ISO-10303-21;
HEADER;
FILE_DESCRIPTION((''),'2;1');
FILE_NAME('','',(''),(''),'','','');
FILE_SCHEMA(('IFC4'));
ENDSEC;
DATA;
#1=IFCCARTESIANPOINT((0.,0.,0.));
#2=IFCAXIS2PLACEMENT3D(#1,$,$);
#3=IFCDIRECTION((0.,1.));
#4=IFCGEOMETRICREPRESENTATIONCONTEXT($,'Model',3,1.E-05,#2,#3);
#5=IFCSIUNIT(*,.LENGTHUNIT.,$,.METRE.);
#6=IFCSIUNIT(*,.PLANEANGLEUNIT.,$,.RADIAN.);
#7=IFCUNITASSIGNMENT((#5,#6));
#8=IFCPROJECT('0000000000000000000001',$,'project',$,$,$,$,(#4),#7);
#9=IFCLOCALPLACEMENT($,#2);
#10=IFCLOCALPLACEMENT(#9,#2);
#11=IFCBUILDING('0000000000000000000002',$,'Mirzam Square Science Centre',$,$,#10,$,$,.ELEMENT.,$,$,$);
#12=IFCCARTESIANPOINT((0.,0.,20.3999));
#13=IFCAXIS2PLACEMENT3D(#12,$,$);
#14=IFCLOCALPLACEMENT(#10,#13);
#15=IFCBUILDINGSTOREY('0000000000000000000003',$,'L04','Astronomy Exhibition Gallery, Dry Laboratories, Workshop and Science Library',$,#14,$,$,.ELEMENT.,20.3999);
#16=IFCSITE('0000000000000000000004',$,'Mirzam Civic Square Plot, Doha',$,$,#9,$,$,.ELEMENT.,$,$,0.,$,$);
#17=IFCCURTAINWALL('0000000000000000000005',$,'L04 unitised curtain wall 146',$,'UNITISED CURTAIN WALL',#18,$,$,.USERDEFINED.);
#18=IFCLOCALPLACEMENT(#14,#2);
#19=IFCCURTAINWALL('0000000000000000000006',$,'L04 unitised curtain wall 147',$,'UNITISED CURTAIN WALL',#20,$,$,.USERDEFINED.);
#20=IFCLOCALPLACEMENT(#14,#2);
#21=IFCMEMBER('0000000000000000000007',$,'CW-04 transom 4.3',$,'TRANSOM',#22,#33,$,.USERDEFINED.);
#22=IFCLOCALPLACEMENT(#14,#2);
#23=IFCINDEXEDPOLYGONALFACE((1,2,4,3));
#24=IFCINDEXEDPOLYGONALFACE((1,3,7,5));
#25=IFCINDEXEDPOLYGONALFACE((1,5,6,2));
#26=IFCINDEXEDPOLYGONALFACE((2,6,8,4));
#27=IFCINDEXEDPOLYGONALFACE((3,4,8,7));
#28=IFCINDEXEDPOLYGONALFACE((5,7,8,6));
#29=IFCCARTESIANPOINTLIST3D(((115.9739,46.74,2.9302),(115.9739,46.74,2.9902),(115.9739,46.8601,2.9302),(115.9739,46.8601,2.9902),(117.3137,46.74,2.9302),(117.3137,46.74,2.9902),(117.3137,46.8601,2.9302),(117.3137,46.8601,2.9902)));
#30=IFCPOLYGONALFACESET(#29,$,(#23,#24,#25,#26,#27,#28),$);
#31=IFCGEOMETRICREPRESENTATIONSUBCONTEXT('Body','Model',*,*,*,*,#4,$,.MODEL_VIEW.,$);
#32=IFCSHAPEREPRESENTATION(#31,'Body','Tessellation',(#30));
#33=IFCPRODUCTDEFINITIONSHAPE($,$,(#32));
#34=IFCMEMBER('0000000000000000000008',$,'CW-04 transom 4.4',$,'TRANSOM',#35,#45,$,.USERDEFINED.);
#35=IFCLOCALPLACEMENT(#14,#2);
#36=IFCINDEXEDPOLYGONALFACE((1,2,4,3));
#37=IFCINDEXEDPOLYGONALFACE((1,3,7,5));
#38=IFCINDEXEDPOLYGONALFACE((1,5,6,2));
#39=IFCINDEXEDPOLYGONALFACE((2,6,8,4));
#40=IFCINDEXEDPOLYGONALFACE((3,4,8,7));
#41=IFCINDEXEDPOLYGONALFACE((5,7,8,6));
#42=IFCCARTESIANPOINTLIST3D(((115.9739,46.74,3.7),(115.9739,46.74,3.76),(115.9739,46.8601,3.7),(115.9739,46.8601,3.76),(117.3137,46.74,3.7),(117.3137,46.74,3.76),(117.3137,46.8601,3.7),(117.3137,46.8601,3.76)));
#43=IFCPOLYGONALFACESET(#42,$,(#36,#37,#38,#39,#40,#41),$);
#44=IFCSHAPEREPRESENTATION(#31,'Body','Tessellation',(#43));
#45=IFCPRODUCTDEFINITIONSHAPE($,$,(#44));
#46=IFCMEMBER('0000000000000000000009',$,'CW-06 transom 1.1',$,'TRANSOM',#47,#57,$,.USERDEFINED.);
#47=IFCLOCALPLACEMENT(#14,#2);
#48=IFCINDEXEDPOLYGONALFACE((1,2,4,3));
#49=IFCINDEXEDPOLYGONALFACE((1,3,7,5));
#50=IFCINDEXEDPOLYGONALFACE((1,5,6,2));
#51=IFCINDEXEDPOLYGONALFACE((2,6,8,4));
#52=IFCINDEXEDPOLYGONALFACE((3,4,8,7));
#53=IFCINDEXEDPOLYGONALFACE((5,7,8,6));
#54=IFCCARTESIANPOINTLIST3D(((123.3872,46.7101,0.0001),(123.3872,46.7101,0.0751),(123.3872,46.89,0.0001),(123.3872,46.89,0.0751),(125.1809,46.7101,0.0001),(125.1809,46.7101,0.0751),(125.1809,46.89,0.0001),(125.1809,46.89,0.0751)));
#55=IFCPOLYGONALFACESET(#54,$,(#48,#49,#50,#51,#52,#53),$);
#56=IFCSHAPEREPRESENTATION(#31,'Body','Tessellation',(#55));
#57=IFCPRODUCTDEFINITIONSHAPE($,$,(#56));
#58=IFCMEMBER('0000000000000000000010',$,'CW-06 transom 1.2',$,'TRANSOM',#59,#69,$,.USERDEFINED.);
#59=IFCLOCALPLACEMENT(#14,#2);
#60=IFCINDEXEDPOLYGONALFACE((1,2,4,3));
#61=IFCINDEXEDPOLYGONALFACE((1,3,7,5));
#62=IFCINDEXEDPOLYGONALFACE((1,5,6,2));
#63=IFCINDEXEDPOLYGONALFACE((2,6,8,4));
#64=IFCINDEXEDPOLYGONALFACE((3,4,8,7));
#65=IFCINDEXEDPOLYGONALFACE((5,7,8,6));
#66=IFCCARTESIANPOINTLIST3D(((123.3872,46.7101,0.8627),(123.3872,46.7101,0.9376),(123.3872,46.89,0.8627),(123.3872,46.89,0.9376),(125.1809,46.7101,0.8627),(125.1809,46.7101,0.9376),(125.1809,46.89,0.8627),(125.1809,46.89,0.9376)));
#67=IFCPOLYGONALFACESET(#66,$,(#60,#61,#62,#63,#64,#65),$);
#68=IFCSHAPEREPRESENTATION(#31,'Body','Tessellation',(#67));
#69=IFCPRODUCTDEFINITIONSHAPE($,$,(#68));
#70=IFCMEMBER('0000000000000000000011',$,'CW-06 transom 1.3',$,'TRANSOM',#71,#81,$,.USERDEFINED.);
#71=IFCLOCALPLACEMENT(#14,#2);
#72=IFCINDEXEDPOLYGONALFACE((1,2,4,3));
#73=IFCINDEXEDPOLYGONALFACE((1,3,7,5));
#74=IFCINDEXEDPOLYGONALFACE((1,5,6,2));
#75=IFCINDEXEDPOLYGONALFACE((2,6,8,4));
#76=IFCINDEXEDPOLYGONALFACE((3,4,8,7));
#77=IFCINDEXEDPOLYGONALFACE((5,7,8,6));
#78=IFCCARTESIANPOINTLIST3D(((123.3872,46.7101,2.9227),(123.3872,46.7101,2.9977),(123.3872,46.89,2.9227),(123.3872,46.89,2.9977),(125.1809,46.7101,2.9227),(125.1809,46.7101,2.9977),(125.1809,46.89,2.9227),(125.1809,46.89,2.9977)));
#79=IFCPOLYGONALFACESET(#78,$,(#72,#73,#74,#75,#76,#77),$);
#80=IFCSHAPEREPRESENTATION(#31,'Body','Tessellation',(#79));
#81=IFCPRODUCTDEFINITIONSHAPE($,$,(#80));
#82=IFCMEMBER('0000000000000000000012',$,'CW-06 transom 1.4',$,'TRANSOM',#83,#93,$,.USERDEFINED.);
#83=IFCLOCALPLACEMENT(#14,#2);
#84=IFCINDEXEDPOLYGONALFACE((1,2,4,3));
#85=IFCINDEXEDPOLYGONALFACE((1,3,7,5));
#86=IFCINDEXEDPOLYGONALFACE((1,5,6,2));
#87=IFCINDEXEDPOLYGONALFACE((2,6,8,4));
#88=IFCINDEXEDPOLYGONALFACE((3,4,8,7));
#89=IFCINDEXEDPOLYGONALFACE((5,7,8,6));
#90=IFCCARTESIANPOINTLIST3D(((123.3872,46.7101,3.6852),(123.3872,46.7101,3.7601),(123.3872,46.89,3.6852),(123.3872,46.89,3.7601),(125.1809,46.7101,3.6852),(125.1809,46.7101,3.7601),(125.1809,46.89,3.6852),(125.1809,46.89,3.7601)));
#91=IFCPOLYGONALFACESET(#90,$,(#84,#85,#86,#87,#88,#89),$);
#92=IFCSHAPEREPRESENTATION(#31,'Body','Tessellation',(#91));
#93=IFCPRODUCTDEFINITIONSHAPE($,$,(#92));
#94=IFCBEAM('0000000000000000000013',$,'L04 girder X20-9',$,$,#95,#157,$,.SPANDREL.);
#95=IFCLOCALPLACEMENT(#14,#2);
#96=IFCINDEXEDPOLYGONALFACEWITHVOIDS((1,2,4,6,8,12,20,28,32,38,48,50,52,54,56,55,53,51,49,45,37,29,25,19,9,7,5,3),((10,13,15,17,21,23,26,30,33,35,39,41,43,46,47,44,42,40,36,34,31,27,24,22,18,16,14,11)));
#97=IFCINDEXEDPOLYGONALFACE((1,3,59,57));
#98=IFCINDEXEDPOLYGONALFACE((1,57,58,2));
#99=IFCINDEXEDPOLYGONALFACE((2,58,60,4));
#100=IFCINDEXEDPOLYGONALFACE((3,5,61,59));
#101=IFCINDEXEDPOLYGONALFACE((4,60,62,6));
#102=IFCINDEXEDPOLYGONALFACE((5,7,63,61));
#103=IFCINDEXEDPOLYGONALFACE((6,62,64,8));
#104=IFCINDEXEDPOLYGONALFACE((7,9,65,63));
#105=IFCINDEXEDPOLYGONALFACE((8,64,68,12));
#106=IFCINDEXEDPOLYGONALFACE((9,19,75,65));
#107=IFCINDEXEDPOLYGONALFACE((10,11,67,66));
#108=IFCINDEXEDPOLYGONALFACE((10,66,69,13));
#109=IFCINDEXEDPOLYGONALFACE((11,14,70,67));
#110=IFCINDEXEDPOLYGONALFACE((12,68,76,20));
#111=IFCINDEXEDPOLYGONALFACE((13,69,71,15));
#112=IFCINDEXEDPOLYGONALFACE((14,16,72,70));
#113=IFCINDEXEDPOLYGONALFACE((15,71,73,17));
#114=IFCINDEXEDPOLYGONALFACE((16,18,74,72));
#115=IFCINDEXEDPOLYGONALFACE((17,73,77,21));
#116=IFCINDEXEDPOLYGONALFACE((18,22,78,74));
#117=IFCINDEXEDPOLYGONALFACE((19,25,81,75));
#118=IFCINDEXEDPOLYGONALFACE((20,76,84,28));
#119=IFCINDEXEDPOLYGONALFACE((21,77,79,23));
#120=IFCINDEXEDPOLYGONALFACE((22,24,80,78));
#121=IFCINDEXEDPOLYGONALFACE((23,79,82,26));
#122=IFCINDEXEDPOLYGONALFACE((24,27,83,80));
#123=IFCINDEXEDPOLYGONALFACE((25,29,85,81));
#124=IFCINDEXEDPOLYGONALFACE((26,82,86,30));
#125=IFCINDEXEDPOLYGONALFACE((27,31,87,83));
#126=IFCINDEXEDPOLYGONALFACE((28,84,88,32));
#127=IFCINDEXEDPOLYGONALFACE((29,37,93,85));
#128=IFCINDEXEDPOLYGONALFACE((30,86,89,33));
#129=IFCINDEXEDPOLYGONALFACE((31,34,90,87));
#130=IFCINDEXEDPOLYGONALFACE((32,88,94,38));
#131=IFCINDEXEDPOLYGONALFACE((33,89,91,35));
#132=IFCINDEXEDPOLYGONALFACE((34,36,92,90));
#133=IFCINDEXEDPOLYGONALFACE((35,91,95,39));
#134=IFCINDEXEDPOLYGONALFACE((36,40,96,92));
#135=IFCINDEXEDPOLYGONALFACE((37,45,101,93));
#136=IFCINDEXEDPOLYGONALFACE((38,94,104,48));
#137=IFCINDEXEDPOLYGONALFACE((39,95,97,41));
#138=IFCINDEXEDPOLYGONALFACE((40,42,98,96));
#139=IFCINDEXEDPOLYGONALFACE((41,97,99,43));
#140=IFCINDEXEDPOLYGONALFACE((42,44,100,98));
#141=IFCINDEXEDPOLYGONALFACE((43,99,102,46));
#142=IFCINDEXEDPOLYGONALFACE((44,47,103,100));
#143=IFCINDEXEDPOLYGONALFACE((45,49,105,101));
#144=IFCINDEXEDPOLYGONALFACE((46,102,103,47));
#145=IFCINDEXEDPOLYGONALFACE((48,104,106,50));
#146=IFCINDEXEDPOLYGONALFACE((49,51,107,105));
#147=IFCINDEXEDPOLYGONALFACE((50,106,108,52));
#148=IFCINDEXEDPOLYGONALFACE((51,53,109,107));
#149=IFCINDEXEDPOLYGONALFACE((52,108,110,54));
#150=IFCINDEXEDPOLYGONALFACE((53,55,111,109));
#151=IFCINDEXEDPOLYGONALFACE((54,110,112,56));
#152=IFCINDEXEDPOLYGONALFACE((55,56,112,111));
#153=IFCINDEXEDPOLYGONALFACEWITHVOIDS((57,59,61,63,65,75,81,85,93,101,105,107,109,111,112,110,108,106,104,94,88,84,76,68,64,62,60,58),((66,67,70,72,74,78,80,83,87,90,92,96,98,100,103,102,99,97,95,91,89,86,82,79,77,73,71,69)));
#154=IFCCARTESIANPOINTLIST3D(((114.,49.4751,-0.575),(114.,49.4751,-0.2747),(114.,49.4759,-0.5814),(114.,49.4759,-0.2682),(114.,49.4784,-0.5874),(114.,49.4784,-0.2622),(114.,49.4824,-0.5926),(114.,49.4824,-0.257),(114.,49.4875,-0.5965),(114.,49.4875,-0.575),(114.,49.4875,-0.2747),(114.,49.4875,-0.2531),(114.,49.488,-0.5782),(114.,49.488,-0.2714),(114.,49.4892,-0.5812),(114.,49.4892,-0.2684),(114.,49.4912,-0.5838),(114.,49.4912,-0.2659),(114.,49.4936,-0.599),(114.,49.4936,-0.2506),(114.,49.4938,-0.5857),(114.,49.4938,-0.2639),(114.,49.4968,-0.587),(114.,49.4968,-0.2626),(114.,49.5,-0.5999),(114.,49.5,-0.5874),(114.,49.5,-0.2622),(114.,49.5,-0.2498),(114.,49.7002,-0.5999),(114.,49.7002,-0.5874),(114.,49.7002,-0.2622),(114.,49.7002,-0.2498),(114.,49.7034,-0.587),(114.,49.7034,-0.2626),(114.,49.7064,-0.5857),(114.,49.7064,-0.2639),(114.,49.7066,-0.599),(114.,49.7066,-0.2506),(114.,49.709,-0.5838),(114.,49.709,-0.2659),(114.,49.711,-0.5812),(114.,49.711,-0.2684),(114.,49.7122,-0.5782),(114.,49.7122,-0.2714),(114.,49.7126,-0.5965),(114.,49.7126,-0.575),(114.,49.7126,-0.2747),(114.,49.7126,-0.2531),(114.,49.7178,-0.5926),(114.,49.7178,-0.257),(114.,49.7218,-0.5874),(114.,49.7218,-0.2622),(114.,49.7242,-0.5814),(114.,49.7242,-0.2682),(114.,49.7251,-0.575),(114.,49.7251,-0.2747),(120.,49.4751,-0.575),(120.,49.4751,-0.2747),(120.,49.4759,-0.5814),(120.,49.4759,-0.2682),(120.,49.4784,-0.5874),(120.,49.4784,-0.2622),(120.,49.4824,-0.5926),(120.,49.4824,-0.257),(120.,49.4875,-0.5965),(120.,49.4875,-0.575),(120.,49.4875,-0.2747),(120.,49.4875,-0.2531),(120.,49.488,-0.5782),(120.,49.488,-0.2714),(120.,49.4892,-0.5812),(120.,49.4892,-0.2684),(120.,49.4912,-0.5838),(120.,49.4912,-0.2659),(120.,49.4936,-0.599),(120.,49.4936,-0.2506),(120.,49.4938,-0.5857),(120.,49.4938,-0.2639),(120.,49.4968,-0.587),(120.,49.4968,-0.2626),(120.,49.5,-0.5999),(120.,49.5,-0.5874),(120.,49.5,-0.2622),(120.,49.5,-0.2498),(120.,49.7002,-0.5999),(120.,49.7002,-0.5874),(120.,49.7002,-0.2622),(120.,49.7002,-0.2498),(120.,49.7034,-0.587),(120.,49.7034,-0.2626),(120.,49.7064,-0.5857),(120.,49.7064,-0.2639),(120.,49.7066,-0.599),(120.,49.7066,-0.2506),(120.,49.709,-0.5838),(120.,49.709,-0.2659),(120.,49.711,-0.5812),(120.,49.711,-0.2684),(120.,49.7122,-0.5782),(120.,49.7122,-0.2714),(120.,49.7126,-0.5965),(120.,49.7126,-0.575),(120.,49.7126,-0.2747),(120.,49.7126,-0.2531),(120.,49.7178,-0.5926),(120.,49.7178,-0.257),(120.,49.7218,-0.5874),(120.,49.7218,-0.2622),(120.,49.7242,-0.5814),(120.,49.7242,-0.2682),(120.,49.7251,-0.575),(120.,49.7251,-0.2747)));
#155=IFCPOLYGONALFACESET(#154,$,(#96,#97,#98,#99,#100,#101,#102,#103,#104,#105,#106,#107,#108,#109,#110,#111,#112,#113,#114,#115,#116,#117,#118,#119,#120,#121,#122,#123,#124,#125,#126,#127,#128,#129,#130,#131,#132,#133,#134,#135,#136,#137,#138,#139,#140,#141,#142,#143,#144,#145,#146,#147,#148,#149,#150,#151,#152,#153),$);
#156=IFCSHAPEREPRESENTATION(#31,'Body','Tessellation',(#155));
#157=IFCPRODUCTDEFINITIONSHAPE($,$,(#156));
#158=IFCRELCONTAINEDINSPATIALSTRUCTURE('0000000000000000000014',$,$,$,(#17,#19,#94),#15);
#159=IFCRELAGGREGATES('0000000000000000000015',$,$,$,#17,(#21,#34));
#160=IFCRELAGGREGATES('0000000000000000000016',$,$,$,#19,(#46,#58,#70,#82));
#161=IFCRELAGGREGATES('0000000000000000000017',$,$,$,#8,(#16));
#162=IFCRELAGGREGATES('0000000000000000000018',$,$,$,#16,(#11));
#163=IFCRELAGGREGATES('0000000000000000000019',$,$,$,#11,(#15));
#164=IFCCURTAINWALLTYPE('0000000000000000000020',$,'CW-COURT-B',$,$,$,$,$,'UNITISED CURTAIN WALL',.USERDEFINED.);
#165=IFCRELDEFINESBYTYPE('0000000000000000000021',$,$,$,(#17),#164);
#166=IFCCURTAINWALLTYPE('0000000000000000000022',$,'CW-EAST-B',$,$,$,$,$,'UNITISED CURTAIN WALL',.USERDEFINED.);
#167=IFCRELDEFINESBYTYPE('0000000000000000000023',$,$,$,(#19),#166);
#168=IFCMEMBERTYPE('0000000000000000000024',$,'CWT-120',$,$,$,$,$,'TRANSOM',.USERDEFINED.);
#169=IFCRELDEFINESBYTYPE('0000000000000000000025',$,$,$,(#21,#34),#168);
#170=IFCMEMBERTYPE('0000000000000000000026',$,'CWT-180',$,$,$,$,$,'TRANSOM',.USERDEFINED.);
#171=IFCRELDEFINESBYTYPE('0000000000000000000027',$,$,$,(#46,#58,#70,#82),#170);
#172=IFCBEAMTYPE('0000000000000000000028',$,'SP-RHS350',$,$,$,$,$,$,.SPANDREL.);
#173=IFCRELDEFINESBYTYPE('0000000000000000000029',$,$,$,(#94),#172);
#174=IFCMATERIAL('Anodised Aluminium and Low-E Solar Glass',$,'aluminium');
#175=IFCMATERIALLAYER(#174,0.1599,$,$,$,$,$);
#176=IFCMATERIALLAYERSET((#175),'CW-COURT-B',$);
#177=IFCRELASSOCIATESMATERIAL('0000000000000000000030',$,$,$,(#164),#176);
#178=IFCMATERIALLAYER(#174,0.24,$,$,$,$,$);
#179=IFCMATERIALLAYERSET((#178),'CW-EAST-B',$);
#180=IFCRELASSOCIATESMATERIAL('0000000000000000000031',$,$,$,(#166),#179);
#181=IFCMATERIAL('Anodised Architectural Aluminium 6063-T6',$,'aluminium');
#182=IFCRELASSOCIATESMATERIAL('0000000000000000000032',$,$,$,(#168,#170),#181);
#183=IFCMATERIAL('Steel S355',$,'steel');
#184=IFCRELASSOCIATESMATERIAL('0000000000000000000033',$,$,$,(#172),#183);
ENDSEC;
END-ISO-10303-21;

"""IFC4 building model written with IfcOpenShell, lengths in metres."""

from ifc_helpers import new_model, si_unit, direction, frame, origin, origin_2d, place, context, subcontext, project, spatial, rectangle, hollow_rectangle, extrude, material, layer, layer_set, material_profile, profile_set, type_object, element, aggregate, save


model = new_model("IFC4")

# Units and contexts
model_context = context("Model", 3, precision=1e-05, world=origin(), true_north=direction((0.0, 1.0)))
body_context = subcontext(model_context, "Body", "Model", "MODEL_VIEW")
ifc_project = project(units=[si_unit("LENGTHUNIT", "METRE"), si_unit("PLANEANGLEUNIT", "RADIAN")], contexts=[model_context])

# Site, building, storey
site_placement = place(None, origin())
site = spatial("IfcSite", under=ifc_project, at=site_placement, Name="Mirzam Civic Square Plot, Doha", CompositionType="ELEMENT", RefElevation=0.0)
building_placement = place(site_placement, origin())
building = spatial("IfcBuilding", under=site, at=building_placement, Name="Mirzam Square Science Centre", CompositionType="ELEMENT")
storey_placement = place(building_placement, frame((0.0, 0.0, 20.3999)))
storey = spatial("IfcBuildingStorey", under=building, at=storey_placement, Name="L04", Description="Astronomy Exhibition Gallery, Dry Laboratories, Workshop and Science Library", CompositionType="ELEMENT", Elevation=20.3999)

# Shared definitions
ifc_material_1 = material(Name="Steel S355", Category="steel")

# Curtain walls
ifc_material_2 = material(Name="Anodised Aluminium and Low-E Solar Glass", Category="aluminium")
ifc_layer_1 = layer(ifc_material_2, 0.1599)
ifc_layer_set_1 = layer_set([ifc_layer_1], Name="CW-COURT-B")
curtain_wall_type_1 = type_object("IfcCurtainWallType", Name="CW-COURT-B", ElementType="UNITISED CURTAIN WALL", PredefinedType="USERDEFINED", material=ifc_layer_set_1)
curtain_wall_1_placement = place(storey_placement, origin())
curtain_wall_1 = element("IfcCurtainWall", 1, at=curtain_wall_1_placement, inside=storey, type_object=curtain_wall_type_1, Name="L04 unitised curtain wall 146", ObjectType="UNITISED CURTAIN WALL", PredefinedType="USERDEFINED")
ifc_material_3 = material(Name="Anodised Architectural Aluminium 6063-T6", Category="aluminium")
ifc_layer_2 = layer(ifc_material_2, 0.24)
ifc_layer_set_2 = layer_set([ifc_layer_2], Name="CW-EAST-B")
curtain_wall_type_2 = type_object("IfcCurtainWallType", Name="CW-EAST-B", ElementType="UNITISED CURTAIN WALL", PredefinedType="USERDEFINED", material=ifc_layer_set_2)
curtain_wall_2_placement = place(storey_placement, origin())
curtain_wall_2 = element("IfcCurtainWall", 2, at=curtain_wall_2_placement, inside=storey, type_object=curtain_wall_type_2, Name="L04 unitised curtain wall 147", ObjectType="UNITISED CURTAIN WALL", PredefinedType="USERDEFINED")

# Members
ifc_material_profile_1 = material_profile(ifc_material_3, rectangle(XDim=0.1201, YDim=0.0601, at=origin_2d()), Name="ALU-TRAN-120x60x4")
ifc_profile_set_1 = profile_set([ifc_material_profile_1], Name="Anodised Architectural Aluminium 6063-T6")
member_type_1 = type_object("IfcMemberType", Name="CWT-120", ElementType="TRANSOM", PredefinedType="USERDEFINED", material=ifc_profile_set_1)
member_1_placement = place(storey_placement, frame((115.9739, 46.8, 2.9602), z_axis=(1.0, 0.0, 0.0), x_axis=(0.0, 1.0, 0.0)))
member_1 = element("IfcMember", 3, at=member_1_placement, type_object=member_type_1, Name="CW-04 transom 4.3", ObjectType="TRANSOM", PredefinedType="USERDEFINED", context=body_context, shape_type="SweptSolid", body=[
    extrude(rectangle(XDim=0.1201, YDim=0.0601, at=origin_2d()), origin(), (0.0, 0.0, 1.0), 1.3398),
])
member_2_placement = place(storey_placement, frame((115.9739, 46.8, 3.73), z_axis=(1.0, 0.0, 0.0), x_axis=(0.0, 1.0, 0.0)))
member_2 = element("IfcMember", 4, at=member_2_placement, type_object=member_type_1, Name="CW-04 transom 4.4", ObjectType="TRANSOM", PredefinedType="USERDEFINED", context=body_context, shape_type="SweptSolid", body=[
    extrude(rectangle(XDim=0.1201, YDim=0.0601, at=origin_2d()), origin(), (0.0, 0.0, 1.0), 1.3398),
])
ifc_material_profile_2 = material_profile(ifc_material_3, rectangle(XDim=0.1799, YDim=0.075, at=origin_2d()), Name="ALU-TRAN-180x75x5")
ifc_profile_set_2 = profile_set([ifc_material_profile_2], Name="Anodised Architectural Aluminium 6063-T6")
member_type_2 = type_object("IfcMemberType", Name="CWT-180", ElementType="TRANSOM", PredefinedType="USERDEFINED", material=ifc_profile_set_2)
member_3_placement = place(storey_placement, frame((123.3872, 46.8, 0.0376), z_axis=(1.0, 0.0, 0.0), x_axis=(0.0, 1.0, 0.0)))
member_3 = element("IfcMember", 5, at=member_3_placement, type_object=member_type_2, Name="CW-06 transom 1.1", ObjectType="TRANSOM", PredefinedType="USERDEFINED", context=body_context, shape_type="SweptSolid", body=[
    extrude(rectangle(XDim=0.1799, YDim=0.075, at=origin_2d()), origin(), (0.0, 0.0, 1.0), 1.7937),
])
member_4_placement = place(storey_placement, frame((123.3872, 46.8, 0.9001), z_axis=(1.0, 0.0, 0.0), x_axis=(0.0, 1.0, 0.0)))
member_4 = element("IfcMember", 6, at=member_4_placement, type_object=member_type_2, Name="CW-06 transom 1.2", ObjectType="TRANSOM", PredefinedType="USERDEFINED", context=body_context, shape_type="SweptSolid", body=[
    extrude(rectangle(XDim=0.1799, YDim=0.075, at=origin_2d()), origin(), (0.0, 0.0, 1.0), 1.7937),
])
member_5_placement = place(storey_placement, frame((123.3872, 46.8, 2.9602), z_axis=(1.0, 0.0, 0.0), x_axis=(0.0, 1.0, 0.0)))
member_5 = element("IfcMember", 7, at=member_5_placement, type_object=member_type_2, Name="CW-06 transom 1.3", ObjectType="TRANSOM", PredefinedType="USERDEFINED", context=body_context, shape_type="SweptSolid", body=[
    extrude(rectangle(XDim=0.1799, YDim=0.075, at=origin_2d()), origin(), (0.0, 0.0, 1.0), 1.7937),
])
member_6_placement = place(storey_placement, frame((123.3872, 46.8, 3.7227), z_axis=(1.0, 0.0, 0.0), x_axis=(0.0, 1.0, 0.0)))
member_6 = element("IfcMember", 8, at=member_6_placement, type_object=member_type_2, Name="CW-06 transom 1.4", ObjectType="TRANSOM", PredefinedType="USERDEFINED", context=body_context, shape_type="SweptSolid", body=[
    extrude(rectangle(XDim=0.1799, YDim=0.075, at=origin_2d()), origin(), (0.0, 0.0, 1.0), 1.7937),
])

# Beam
ifc_material_profile_3 = material_profile(ifc_material_1, hollow_rectangle(XDim=0.25, YDim=0.3501, WallThickness=0.0125, InnerFilletRadius=0.0125, OuterFilletRadius=0.0249, at=origin_2d()), Name="350x250x12.5RHS")
ifc_profile_set_3 = profile_set([ifc_material_profile_3], Name="Steel S355")
beam_type_1 = type_object("IfcBeamType", Name="SP-RHS350", PredefinedType="SPANDREL", material=ifc_profile_set_3)
beam_1_placement = place(storey_placement, frame((114.0, 49.6001, -0.4248), z_axis=(1.0, 0.0, 0.0), x_axis=(0.0, 1.0, 0.0)))
element("IfcBeam", 9, at=beam_1_placement, inside=storey, type_object=beam_type_1, Name="L04 girder X20-9", PredefinedType="SPANDREL", context=body_context, shape_type="SweptSolid", body=[
    extrude(hollow_rectangle(XDim=0.25, YDim=0.3501, WallThickness=0.0125, InnerFilletRadius=0.0125, OuterFilletRadius=0.0249, at=origin_2d()), origin(), (0.0, 0.0, 1.0), 6.0),
])

aggregate(curtain_wall_1, [member_1, member_2])
aggregate(curtain_wall_2, [member_3, member_4, member_5, member_6])

save(model, "model.ifc")
